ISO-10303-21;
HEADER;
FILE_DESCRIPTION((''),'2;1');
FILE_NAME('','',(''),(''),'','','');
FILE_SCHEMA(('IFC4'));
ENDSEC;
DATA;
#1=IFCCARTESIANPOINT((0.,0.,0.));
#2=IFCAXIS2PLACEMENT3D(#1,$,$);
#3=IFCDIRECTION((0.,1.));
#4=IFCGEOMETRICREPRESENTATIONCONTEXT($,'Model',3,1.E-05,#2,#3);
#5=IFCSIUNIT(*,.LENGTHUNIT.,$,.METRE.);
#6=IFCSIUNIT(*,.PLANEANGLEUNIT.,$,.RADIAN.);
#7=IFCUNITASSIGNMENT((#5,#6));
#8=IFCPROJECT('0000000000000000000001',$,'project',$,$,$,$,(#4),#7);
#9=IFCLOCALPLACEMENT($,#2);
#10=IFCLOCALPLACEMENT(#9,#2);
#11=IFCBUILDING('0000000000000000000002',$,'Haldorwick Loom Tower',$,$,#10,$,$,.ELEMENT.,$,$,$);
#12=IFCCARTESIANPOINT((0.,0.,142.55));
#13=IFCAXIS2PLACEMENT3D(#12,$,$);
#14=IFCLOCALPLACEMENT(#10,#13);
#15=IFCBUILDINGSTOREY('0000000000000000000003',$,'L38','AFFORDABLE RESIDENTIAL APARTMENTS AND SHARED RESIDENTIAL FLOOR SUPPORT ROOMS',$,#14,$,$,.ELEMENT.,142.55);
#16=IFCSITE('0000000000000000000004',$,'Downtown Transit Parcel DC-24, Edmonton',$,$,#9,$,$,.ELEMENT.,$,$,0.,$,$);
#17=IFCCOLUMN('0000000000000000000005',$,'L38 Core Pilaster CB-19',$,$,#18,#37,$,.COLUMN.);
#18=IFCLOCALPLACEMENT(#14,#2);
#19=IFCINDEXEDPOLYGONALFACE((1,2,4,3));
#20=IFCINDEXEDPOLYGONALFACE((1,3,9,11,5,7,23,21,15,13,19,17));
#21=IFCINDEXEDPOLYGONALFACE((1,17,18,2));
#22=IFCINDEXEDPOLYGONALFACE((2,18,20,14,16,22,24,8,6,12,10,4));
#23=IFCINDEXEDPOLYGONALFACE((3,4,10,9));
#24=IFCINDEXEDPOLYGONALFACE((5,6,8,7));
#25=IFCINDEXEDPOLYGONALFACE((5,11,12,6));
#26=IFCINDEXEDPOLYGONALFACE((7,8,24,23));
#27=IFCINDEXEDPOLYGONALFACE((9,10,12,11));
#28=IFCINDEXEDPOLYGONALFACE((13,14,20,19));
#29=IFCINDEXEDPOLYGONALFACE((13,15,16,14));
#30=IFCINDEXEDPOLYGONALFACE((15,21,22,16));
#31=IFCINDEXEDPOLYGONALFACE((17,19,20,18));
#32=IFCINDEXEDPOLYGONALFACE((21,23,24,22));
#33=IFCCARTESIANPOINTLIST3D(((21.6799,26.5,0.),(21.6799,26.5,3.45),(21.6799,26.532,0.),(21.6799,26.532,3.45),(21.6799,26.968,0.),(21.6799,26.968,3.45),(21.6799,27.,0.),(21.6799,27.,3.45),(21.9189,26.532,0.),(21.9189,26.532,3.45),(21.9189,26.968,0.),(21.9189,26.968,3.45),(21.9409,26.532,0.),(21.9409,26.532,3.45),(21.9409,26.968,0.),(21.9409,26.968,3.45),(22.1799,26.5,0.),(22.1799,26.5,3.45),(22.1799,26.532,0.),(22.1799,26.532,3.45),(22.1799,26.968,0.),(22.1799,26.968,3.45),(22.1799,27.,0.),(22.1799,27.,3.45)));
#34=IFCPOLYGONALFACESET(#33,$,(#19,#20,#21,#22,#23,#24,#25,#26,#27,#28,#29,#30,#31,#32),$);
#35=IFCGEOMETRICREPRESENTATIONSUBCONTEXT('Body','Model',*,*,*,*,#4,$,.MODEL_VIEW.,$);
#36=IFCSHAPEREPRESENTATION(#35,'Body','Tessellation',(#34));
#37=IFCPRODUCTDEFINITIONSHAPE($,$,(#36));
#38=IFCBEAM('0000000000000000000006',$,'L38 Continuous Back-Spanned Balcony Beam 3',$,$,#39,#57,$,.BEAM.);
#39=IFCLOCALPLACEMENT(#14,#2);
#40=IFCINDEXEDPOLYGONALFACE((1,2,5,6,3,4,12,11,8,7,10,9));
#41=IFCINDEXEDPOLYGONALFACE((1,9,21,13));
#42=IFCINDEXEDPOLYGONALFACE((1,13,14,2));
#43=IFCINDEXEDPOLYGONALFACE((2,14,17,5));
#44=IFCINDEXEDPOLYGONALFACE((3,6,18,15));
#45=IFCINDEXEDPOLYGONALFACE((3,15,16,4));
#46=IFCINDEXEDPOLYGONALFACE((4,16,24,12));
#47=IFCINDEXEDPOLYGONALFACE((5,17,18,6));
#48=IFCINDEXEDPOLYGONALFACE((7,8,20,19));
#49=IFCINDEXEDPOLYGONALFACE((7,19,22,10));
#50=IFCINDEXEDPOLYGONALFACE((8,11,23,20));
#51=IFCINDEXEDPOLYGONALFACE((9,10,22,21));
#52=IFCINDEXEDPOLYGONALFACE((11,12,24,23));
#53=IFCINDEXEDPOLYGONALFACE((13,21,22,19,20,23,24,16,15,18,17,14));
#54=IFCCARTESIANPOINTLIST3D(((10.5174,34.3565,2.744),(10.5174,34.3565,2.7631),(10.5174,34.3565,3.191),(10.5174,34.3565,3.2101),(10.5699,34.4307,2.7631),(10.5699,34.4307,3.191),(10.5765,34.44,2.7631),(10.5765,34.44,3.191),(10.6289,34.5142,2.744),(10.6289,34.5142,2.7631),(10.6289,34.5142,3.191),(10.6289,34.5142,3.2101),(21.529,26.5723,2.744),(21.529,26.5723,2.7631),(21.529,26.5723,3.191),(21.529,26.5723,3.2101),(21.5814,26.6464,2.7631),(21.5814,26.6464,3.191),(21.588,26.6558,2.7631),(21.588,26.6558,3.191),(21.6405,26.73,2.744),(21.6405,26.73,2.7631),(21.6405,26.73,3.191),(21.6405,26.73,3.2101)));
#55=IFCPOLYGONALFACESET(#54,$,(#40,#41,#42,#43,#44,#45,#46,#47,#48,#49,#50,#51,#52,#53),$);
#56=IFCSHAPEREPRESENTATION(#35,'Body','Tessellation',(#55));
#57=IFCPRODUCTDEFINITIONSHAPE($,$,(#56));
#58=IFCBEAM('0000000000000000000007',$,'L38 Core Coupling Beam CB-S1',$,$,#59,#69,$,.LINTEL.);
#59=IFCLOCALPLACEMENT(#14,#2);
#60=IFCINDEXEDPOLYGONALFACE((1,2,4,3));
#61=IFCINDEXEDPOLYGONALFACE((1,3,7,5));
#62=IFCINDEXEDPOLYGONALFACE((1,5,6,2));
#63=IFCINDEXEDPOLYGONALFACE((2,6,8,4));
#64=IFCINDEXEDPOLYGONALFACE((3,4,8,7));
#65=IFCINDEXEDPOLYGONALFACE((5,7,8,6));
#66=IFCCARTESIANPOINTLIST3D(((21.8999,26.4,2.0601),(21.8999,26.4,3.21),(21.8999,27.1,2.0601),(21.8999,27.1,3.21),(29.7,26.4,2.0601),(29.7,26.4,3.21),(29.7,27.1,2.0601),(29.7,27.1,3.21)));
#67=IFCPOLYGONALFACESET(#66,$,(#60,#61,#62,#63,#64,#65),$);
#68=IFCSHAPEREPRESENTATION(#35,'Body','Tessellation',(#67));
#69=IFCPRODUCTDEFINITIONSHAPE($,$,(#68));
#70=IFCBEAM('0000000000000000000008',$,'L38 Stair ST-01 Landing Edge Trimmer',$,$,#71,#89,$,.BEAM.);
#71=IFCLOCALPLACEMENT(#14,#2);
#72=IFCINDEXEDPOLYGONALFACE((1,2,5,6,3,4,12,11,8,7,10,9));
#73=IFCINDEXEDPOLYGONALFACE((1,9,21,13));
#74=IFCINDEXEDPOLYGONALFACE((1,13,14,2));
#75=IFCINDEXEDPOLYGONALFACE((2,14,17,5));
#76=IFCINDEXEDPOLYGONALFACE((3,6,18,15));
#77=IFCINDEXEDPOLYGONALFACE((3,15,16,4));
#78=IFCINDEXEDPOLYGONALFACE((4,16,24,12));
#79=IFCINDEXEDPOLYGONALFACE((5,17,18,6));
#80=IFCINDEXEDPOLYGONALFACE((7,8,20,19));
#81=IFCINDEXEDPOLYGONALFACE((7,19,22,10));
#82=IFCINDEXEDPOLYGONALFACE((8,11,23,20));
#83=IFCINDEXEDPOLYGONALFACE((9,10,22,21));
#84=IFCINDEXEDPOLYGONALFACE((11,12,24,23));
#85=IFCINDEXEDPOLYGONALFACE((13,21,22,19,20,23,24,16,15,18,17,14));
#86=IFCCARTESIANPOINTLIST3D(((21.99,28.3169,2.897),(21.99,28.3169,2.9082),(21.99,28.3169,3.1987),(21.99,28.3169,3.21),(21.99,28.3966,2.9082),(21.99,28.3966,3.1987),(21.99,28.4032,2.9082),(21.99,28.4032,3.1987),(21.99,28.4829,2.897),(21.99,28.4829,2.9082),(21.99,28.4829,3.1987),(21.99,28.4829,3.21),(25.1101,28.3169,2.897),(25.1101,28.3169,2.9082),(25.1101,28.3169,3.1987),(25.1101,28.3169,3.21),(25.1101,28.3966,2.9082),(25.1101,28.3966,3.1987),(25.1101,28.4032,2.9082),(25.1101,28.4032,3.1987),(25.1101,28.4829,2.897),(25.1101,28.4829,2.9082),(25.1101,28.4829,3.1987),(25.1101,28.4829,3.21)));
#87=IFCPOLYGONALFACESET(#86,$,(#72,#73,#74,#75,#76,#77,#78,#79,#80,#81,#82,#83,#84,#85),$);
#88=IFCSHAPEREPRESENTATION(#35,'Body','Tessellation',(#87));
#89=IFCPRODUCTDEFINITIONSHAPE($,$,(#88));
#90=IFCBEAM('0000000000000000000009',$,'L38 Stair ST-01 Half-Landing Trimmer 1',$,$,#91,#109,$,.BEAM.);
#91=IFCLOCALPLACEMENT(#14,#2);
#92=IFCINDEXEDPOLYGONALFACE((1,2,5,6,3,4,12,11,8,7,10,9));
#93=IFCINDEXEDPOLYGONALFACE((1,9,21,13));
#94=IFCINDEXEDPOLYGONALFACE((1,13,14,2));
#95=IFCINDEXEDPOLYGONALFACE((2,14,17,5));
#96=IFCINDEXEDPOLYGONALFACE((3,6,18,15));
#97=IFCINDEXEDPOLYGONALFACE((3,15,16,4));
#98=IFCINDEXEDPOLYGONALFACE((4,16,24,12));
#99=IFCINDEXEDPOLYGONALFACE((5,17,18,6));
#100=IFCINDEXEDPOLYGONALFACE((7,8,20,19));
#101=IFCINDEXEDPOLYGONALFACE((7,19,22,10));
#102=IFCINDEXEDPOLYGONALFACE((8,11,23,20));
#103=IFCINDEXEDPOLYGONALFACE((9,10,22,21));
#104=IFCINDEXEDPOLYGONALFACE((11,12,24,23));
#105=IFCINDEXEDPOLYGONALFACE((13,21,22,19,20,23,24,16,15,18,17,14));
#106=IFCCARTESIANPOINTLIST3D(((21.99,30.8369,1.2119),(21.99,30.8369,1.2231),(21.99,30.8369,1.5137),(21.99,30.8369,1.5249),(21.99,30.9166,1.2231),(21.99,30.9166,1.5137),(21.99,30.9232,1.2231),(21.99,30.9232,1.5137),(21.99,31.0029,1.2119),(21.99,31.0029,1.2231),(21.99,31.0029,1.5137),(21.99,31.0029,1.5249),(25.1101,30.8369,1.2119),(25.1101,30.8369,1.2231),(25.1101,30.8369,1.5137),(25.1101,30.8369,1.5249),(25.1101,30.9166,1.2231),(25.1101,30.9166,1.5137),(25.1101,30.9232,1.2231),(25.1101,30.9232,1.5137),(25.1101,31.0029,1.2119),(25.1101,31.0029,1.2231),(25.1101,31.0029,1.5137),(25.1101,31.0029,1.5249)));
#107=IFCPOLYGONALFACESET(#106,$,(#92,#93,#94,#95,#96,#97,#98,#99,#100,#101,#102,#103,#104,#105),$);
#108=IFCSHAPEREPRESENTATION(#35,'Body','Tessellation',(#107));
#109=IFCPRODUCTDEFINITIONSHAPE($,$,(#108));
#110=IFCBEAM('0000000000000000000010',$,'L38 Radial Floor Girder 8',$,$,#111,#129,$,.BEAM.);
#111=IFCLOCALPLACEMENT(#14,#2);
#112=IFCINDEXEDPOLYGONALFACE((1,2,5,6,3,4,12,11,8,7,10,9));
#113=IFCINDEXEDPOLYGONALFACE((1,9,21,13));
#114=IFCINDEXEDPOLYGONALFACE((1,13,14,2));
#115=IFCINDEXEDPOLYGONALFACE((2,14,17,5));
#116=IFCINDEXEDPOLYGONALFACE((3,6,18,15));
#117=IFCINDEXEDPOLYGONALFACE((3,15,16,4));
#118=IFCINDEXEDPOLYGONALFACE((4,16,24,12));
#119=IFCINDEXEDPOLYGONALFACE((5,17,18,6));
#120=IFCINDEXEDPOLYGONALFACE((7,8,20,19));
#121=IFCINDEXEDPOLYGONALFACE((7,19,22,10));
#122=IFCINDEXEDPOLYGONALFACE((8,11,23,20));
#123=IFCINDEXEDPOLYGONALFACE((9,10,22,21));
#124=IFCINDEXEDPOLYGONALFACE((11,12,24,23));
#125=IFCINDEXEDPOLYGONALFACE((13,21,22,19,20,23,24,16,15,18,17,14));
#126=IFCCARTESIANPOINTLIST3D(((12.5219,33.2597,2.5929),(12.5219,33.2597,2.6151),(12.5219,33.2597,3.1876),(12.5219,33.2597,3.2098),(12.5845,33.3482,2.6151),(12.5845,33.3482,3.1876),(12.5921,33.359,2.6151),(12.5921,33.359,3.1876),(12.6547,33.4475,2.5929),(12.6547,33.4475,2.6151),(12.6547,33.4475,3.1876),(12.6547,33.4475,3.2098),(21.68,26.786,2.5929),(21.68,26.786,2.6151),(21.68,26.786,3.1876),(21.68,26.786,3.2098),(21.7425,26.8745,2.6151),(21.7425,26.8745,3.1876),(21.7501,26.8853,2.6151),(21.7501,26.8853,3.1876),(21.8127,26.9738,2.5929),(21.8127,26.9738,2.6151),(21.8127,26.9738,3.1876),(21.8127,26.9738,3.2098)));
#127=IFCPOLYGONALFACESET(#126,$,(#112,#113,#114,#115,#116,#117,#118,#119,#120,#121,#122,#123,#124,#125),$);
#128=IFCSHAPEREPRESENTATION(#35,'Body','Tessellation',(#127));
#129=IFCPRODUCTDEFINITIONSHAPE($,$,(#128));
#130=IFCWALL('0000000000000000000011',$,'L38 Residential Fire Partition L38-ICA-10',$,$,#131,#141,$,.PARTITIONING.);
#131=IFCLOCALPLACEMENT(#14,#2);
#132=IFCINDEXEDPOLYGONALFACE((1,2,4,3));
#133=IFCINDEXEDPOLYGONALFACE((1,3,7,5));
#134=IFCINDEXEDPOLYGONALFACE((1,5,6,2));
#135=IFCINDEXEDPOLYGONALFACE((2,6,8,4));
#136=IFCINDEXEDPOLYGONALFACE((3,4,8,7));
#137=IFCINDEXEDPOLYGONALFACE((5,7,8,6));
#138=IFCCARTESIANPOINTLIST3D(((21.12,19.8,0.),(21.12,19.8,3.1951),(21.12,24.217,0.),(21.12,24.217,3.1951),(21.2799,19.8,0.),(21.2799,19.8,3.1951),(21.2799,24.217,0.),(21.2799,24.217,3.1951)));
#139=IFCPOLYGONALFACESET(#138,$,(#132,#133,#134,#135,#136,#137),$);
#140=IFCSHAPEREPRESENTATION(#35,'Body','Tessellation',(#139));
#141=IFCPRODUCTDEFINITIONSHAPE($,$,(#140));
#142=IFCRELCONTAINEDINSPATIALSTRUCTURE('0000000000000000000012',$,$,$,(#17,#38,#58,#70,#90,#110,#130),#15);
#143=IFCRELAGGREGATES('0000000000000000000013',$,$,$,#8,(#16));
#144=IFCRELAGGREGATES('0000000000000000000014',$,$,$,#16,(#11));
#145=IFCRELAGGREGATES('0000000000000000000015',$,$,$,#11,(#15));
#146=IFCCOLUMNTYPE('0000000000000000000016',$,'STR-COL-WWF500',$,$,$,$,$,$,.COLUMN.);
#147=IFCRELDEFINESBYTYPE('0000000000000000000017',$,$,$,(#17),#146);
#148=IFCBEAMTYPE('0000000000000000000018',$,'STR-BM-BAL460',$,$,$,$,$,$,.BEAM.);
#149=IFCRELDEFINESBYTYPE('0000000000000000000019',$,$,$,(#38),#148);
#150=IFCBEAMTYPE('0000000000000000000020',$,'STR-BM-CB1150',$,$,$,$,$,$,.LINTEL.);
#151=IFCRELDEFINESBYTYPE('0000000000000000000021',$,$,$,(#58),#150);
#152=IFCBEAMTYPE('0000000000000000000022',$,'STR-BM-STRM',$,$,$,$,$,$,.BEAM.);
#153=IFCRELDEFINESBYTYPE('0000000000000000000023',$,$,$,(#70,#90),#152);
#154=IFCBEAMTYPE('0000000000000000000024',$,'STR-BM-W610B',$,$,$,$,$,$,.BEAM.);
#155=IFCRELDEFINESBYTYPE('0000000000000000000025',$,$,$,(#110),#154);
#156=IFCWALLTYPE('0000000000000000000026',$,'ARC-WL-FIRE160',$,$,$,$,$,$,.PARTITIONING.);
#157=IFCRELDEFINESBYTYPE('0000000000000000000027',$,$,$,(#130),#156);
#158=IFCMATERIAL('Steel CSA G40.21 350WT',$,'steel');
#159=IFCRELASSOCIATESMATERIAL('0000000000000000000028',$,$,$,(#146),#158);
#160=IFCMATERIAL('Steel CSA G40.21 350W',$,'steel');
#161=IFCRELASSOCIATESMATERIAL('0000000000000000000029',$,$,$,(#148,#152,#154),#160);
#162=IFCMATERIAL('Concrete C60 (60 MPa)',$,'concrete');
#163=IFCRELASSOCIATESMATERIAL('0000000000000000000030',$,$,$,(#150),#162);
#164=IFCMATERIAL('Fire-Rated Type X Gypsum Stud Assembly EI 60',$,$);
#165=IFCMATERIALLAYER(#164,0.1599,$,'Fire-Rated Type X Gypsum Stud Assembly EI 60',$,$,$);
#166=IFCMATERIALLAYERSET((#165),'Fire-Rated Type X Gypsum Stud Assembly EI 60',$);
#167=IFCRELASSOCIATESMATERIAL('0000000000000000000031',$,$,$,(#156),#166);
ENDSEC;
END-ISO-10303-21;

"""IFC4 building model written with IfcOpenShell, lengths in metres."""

from ifc_helpers import new_model, si_unit, direction, frame, frame_2d, origin, origin_2d, place, context, subcontext, project, spatial, rectangle, i_section, extrude, material, layer, layer_set, material_profile, profile_set, type_object, element, save


model = new_model("IFC4")

# Units and contexts
model_context = context("Model", 3, precision=1e-05, world=origin(), true_north=direction((0.0, 1.0)))
body_context = subcontext(model_context, "Body", "Model", "MODEL_VIEW")
ifc_project = project(units=[si_unit("LENGTHUNIT", "METRE"), si_unit("PLANEANGLEUNIT", "RADIAN")], contexts=[model_context])

# Site, building, storey
site_placement = place(None, origin())
site = spatial("IfcSite", under=ifc_project, at=site_placement, Name="Downtown Transit Parcel DC-24, Edmonton", CompositionType="ELEMENT", RefElevation=0.0)
building_placement = place(site_placement, origin())
building = spatial("IfcBuilding", under=site, at=building_placement, Name="Haldorwick Loom Tower", CompositionType="ELEMENT")
storey_placement = place(building_placement, frame((0.0, 0.0, 142.55)))
storey = spatial("IfcBuildingStorey", under=building, at=storey_placement, Name="L38", Description="AFFORDABLE RESIDENTIAL APARTMENTS AND SHARED RESIDENTIAL FLOOR SUPPORT ROOMS", CompositionType="ELEMENT", Elevation=142.55)

# Column
ifc_material_1 = material(Name="Steel CSA G40.21 350WT", Category="steel")
ifc_material_profile_1 = material_profile(ifc_material_1, i_section(OverallWidth=0.5, OverallDepth=0.5, WebThickness=0.022, FlangeThickness=0.032, at=origin_2d()), Name="WWF500X500", Category="steel")
ifc_profile_set_1 = profile_set([ifc_material_profile_1], Name="Steel CSA G40.21 350WT")
column_type = type_object("IfcColumnType", Name="STR-COL-WWF500", PredefinedType="COLUMN", material=ifc_profile_set_1)
column_placement = place(storey_placement, frame((21.9299, 26.75, 0.0), z_axis=(0.0, 0.0, 1.0), x_axis=(1.0, 0.0, 0.0)))
element("IfcColumn", 1, at=column_placement, inside=storey, type_object=column_type, Name="L38 Core Pilaster CB-19", PredefinedType="COLUMN", context=body_context, shape_type="SweptSolid", body=[
    extrude(i_section(OverallWidth=0.5, OverallDepth=0.5, WebThickness=0.022, FlangeThickness=0.032, at=origin_2d()), origin(), (0.0, 0.0, 1.0), 3.45),
])

# Beams
ifc_material_2 = material(Name="Steel CSA G40.21 350W", Category="steel")
ifc_material_profile_2 = material_profile(ifc_material_2, i_section(OverallWidth=0.1931, OverallDepth=0.4661, WebThickness=0.0115, FlangeThickness=0.019, at=origin_2d()), Name="W460X97", Category="steel")
ifc_profile_set_2 = profile_set([ifc_material_profile_2], Name="Steel CSA G40.21 350W")
beam_type_1 = type_object("IfcBeamType", Name="STR-BM-BAL460", PredefinedType="BEAM", material=ifc_profile_set_2)
beam_1_placement = place(storey_placement, frame((21.5847, 26.6511, 2.9771), z_axis=(-0.81657, 0.577246, 0.0), x_axis=(-0.577246, -0.81657, 0.0)))
element("IfcBeam", 2, at=beam_1_placement, inside=storey, type_object=beam_type_1, Name="L38 Continuous Back-Spanned Balcony Beam 3", PredefinedType="BEAM", context=body_context, shape_type="SweptSolid", body=[
    extrude(i_section(OverallWidth=0.1931, OverallDepth=0.4661, WebThickness=0.0115, FlangeThickness=0.019, at=origin_2d()), origin(), (0.0, 0.0, 1.0), 13.4851),
])
ifc_material_3 = material(Name="Concrete C60 (60 MPa)", Category="concrete")
ifc_material_profile_3 = material_profile(ifc_material_3, rectangle(XDim=0.7, YDim=1.1499, at=origin_2d()), Name="RC700X1150", Category="concrete")
ifc_profile_set_3 = profile_set([ifc_material_profile_3], Name="Concrete C60 (60 MPa)")
beam_type_2 = type_object("IfcBeamType", Name="STR-BM-CB1150", PredefinedType="LINTEL", material=ifc_profile_set_3)
beam_2_placement = place(storey_placement, frame((21.8999, 26.75, 2.635), z_axis=(1.0, 0.0, 0.0), x_axis=(0.0, 1.0, 0.0)))
element("IfcBeam", 3, at=beam_2_placement, inside=storey, type_object=beam_type_2, Name="L38 Core Coupling Beam CB-S1", PredefinedType="LINTEL", context=body_context, shape_type="SweptSolid", body=[
    extrude(rectangle(XDim=0.7, YDim=1.1499, at=origin_2d()), origin(), (0.0, 0.0, 1.0), 7.8),
])
ifc_material_profile_4 = material_profile(ifc_material_2, i_section(OverallWidth=0.166, OverallDepth=0.313, WebThickness=0.0066, FlangeThickness=0.0112, at=origin_2d()), Name="W310X45", Category="steel")
ifc_profile_set_4 = profile_set([ifc_material_profile_4], Name="Steel CSA G40.21 350W")
beam_type_3 = type_object("IfcBeamType", Name="STR-BM-STRM", PredefinedType="BEAM", material=ifc_profile_set_4)
for number, where, z_axis, x_axis, name in (
    (4, (21.99, 28.3999, 3.0535), (1.0, 0.0, 0.0), (0.0, 1.0, 0.0), "L38 Stair ST-01 Landing Edge Trimmer"),
    (5, (21.99, 30.9199, 1.3684), (1.0, 0.0, 0.0), (0.0, 1.0, 0.0), "L38 Stair ST-01 Half-Landing Trimmer 1"),
):
    element("IfcBeam", number, at=place(storey_placement, frame(where, z_axis=z_axis, x_axis=x_axis)), inside=storey, type_object=beam_type_3, Name=name, PredefinedType="BEAM", context=body_context, shape_type="SweptSolid", body=[
        extrude(i_section(OverallWidth=0.166, OverallDepth=0.313, WebThickness=0.0066, FlangeThickness=0.0112, at=origin_2d()), origin(), (0.0, 0.0, 1.0), 3.1201),
    ])
ifc_material_profile_5 = material_profile(ifc_material_2, i_section(OverallWidth=0.23, OverallDepth=0.6169, WebThickness=0.0132, FlangeThickness=0.0222, at=origin_2d()), Name="W610X140", Category="steel")
ifc_profile_set_5 = profile_set([ifc_material_profile_5], Name="Steel CSA G40.21 350W")
beam_type_4 = type_object("IfcBeamType", Name="STR-BM-W610B", PredefinedType="BEAM", material=ifc_profile_set_5)
beam_3_placement = place(storey_placement, frame((21.7463, 26.8799, 2.9014), z_axis=(-0.816582, 0.57723, 0.0), x_axis=(-0.57723, -0.816582, 0.0)))
element("IfcBeam", 6, at=beam_3_placement, inside=storey, type_object=beam_type_4, Name="L38 Radial Floor Girder 8", PredefinedType="BEAM", context=body_context, shape_type="SweptSolid", body=[
    extrude(i_section(OverallWidth=0.23, OverallDepth=0.6169, WebThickness=0.0132, FlangeThickness=0.0222, at=origin_2d()), origin(), (0.0, 0.0, 1.0), 11.2151),
])

# Wall
ifc_material_4 = material(Name="Fire-Rated Type X Gypsum Stud Assembly EI 60")
ifc_layer_1 = layer(ifc_material_4, 0.1599, Name="Fire-Rated Type X Gypsum Stud Assembly EI 60")
ifc_layer_set_1 = layer_set([ifc_layer_1], Name="Fire-Rated Type X Gypsum Stud Assembly EI 60")
wall_type_1 = type_object("IfcWallType", Name="ARC-WL-FIRE160", PredefinedType="PARTITIONING", material=ifc_layer_set_1)
wall_1_placement = place(storey_placement, frame((21.2, 24.217, 0.0), z_axis=(0.0, 0.0, 1.0), x_axis=(0.0, -1.0, 0.0)))
element("IfcWall", 7, at=wall_1_placement, inside=storey, type_object=wall_type_1, Name="L38 Residential Fire Partition L38-ICA-10", PredefinedType="PARTITIONING", context=body_context, shape_type="SweptSolid", body=[
    extrude(rectangle(XDim=4.417, YDim=0.1599, at=frame_2d((2.2085, 0.0))), origin(), (0.0, 0.0, 1.0), 3.1951),
])

save(model, "model.ifc")
